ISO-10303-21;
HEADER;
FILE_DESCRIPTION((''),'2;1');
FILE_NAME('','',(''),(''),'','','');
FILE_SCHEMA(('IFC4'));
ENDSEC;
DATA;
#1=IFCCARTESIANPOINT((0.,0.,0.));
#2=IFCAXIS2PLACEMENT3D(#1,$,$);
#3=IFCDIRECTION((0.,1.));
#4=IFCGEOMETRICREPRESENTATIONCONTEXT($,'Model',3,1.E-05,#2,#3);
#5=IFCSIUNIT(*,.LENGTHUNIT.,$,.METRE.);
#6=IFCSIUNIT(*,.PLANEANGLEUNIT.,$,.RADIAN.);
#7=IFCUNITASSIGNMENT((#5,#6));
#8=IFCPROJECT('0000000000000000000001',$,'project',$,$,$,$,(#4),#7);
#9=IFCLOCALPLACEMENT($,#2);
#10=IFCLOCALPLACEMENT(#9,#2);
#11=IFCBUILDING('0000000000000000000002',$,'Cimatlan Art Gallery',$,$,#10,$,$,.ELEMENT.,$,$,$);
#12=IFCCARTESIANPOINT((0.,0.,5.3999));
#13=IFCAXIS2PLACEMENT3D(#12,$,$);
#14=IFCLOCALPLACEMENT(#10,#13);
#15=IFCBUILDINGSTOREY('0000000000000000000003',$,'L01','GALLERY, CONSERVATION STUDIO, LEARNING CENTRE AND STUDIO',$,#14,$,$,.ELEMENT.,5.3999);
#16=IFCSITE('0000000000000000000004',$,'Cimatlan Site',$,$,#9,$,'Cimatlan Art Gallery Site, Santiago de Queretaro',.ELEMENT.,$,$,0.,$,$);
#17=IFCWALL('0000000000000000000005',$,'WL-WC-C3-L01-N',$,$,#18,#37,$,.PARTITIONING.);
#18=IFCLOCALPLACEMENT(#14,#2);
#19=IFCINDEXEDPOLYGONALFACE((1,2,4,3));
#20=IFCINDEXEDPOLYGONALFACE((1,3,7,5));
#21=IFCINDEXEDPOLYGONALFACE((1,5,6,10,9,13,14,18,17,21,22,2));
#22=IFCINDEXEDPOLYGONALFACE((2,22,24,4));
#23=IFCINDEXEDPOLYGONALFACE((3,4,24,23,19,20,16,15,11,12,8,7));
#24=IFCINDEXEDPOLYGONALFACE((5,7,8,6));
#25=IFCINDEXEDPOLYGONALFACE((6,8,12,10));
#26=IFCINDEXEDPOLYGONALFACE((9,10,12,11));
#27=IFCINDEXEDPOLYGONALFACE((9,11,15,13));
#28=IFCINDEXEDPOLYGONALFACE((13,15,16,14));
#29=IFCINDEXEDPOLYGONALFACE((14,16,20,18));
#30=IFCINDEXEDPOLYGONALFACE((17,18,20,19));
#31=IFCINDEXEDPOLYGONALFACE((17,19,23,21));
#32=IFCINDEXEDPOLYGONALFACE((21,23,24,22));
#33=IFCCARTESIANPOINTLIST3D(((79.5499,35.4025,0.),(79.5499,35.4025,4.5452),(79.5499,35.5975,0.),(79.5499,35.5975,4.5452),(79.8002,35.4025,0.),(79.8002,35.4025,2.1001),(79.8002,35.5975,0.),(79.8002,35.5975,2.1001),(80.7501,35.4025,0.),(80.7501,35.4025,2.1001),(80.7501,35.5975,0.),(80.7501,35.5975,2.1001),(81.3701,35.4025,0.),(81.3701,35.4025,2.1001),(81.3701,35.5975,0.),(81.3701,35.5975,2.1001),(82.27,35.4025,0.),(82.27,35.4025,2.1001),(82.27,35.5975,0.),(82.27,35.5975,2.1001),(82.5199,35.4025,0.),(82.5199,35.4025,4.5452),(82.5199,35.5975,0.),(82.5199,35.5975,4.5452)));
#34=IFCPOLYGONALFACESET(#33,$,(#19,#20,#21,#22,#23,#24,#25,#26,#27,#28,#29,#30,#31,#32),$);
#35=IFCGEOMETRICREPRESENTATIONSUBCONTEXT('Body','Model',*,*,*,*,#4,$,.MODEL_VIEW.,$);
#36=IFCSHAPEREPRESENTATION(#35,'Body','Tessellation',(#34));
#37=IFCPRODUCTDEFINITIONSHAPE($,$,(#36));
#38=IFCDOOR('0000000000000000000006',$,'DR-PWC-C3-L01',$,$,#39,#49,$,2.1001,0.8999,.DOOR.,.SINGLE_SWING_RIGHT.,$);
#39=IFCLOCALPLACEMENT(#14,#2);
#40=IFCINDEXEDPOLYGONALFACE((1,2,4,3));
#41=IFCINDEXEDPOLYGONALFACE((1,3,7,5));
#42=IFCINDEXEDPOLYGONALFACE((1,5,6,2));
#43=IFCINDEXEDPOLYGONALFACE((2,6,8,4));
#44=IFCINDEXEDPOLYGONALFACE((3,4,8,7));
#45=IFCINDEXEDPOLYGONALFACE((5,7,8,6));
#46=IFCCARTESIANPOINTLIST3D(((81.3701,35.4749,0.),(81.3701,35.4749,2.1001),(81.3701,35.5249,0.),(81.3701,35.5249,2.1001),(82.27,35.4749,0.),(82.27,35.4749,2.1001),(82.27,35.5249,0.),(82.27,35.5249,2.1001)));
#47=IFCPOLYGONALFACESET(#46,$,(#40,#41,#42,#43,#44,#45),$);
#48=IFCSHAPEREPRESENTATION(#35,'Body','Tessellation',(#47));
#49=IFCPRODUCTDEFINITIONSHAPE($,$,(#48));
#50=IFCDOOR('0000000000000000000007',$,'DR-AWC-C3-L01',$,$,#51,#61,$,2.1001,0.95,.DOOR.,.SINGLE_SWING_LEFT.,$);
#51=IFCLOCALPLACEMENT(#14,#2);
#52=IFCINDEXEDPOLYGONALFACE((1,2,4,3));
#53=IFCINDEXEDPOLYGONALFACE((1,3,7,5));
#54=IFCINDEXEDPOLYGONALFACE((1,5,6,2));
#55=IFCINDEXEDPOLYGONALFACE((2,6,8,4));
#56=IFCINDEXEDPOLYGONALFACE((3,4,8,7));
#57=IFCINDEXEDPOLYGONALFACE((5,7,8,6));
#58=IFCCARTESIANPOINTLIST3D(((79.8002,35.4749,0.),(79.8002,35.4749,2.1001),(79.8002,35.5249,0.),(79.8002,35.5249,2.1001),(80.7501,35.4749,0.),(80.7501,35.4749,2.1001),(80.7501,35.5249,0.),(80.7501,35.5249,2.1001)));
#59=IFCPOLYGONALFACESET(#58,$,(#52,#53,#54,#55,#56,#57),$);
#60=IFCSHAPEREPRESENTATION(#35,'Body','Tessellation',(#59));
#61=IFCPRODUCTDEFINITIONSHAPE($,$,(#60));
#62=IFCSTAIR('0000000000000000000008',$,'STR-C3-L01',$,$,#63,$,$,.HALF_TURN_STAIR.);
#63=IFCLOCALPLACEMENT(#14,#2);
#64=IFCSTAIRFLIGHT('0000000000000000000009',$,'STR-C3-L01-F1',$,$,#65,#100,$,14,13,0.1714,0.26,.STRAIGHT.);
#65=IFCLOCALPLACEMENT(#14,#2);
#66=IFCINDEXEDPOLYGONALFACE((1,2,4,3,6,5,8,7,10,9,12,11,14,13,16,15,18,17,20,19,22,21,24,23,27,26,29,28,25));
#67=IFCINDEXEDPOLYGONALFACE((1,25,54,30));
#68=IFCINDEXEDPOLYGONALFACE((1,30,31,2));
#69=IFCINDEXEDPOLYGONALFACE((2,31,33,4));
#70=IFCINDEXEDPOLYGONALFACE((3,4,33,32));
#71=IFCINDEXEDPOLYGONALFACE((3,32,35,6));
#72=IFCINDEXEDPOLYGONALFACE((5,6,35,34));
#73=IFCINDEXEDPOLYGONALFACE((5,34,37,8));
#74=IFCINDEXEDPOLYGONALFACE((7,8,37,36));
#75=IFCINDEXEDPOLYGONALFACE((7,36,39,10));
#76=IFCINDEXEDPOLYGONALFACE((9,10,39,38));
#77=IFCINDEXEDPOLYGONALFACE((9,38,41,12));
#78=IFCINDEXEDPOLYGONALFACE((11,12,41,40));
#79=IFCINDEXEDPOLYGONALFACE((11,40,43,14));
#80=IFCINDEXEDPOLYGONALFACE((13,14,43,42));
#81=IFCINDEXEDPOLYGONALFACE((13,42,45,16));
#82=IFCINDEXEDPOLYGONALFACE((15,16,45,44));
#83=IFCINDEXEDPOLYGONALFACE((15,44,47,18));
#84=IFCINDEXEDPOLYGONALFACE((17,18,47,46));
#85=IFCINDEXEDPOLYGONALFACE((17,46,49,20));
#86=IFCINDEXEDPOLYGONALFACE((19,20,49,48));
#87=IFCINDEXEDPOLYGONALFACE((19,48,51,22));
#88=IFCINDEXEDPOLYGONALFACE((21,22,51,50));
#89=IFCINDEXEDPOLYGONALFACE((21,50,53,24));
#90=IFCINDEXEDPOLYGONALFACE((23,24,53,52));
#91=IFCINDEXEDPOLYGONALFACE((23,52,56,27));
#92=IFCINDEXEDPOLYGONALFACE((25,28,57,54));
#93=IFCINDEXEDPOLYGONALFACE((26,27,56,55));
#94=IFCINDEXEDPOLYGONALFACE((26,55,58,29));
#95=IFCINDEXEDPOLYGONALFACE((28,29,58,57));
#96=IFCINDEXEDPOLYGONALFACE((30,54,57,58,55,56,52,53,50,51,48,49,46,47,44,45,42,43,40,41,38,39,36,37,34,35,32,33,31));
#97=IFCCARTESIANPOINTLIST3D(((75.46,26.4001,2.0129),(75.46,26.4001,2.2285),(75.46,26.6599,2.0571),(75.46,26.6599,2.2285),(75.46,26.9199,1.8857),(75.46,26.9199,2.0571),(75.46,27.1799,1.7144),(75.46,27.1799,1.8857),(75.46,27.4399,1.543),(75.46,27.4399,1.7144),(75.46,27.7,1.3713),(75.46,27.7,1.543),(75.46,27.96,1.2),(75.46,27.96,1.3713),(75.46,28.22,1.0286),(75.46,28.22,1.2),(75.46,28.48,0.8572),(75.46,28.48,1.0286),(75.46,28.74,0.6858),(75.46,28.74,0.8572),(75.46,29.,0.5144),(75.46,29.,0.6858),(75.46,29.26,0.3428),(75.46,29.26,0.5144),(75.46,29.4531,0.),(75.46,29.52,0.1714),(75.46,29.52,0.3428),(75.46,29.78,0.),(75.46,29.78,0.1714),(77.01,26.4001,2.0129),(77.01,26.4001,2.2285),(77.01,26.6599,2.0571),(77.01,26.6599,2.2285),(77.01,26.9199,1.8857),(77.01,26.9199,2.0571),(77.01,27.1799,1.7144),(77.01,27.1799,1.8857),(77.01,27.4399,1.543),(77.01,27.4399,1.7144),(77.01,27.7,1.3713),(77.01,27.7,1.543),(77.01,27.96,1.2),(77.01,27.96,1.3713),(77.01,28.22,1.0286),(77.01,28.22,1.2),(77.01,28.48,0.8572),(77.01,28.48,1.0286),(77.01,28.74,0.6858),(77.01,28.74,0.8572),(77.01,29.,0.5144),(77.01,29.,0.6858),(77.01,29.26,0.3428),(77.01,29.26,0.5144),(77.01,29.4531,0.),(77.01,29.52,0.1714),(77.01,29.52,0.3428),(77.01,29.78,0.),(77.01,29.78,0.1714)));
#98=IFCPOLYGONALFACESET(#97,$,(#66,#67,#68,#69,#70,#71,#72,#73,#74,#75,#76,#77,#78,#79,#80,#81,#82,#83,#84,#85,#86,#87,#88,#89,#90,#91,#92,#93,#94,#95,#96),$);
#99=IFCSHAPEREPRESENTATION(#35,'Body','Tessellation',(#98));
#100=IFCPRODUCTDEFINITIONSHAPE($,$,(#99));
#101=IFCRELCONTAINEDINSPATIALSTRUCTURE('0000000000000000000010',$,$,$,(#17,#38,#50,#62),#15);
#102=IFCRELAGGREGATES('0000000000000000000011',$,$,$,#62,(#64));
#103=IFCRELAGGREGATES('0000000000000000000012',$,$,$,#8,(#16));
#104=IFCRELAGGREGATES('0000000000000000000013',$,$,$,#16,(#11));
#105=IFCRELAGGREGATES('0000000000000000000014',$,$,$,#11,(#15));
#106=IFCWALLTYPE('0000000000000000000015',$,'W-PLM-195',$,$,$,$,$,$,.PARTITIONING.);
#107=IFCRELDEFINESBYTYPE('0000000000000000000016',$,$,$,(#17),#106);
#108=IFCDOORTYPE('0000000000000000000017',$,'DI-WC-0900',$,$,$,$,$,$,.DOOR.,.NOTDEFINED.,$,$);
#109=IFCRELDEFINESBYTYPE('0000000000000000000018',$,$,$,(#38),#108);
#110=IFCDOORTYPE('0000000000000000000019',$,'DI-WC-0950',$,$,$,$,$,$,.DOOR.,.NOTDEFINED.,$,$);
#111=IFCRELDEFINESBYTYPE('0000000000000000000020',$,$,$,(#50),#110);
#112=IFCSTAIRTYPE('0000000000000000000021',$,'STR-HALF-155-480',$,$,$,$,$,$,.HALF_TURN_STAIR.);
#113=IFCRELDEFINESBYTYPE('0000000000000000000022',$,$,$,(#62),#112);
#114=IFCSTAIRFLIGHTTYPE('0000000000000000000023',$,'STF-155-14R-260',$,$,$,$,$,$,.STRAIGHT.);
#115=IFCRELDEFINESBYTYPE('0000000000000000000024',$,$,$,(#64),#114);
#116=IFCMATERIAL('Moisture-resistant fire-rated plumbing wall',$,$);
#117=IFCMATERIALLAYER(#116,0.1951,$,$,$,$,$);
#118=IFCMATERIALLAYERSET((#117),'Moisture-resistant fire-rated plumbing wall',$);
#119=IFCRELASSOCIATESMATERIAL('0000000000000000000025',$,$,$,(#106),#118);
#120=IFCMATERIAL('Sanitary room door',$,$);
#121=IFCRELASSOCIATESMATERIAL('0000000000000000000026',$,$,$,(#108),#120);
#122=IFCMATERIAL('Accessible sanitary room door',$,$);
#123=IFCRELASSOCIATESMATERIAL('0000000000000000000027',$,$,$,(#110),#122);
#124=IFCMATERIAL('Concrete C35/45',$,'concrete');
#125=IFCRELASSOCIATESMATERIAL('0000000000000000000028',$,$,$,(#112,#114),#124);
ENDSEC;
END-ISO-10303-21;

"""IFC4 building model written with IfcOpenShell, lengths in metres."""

from ifc_helpers import new_model, si_unit, direction, frame, frame_2d, origin, place, context, subcontext, project, spatial, polyline, rectangle, outline, extrude, material, layer, layer_set, type_object, element, fill, aggregate, save


model = new_model("IFC4")

# Units and contexts
model_context = context("Model", 3, precision=1e-05, world=origin(), true_north=direction((0.0, 1.0)))
body_context = subcontext(model_context, "Body", "Model", "MODEL_VIEW")
ifc_project = project(units=[si_unit("LENGTHUNIT", "METRE"), si_unit("PLANEANGLEUNIT", "RADIAN")], contexts=[model_context])

# Site, building, storey
site_placement = place(None, origin())
site = spatial("IfcSite", under=ifc_project, at=site_placement, Name="Cimatlan Site", LongName="Cimatlan Art Gallery Site, Santiago de Queretaro", CompositionType="ELEMENT", RefElevation=0.0)
building_placement = place(site_placement, origin())
building = spatial("IfcBuilding", under=site, at=building_placement, Name="Cimatlan Art Gallery", CompositionType="ELEMENT")
storey_placement = place(building_placement, frame((0.0, 0.0, 5.3999)))
storey = spatial("IfcBuildingStorey", under=building, at=storey_placement, Name="L01", Description="GALLERY, CONSERVATION STUDIO, LEARNING CENTRE AND STUDIO", CompositionType="ELEMENT", Elevation=5.3999)

# Shared definitions
ifc_material_1 = material(Name="Moisture-resistant fire-rated plumbing wall")
ifc_layer_1 = layer(ifc_material_1, 0.1951)
ifc_layer_set_1 = layer_set([ifc_layer_1], Name="Moisture-resistant fire-rated plumbing wall")
wall_type_1 = type_object("IfcWallType", Name="W-PLM-195", PredefinedType="PARTITIONING", material=ifc_layer_set_1)

# Wall, openings, doors
wall_1_placement = place(storey_placement, frame((79.55, 35.5, 0.0), z_axis=(0.0, 0.0, 1.0), x_axis=(1.0, 0.0, 0.0)))
wall_1 = element("IfcWall", 1, at=wall_1_placement, inside=storey, type_object=wall_type_1, Name="WL-WC-C3-L01-N", PredefinedType="PARTITIONING", context=body_context, shape_type="SweptSolid", body=[
    extrude(rectangle(XDim=2.97, YDim=0.1951, at=frame_2d((1.4849, 0.0))), origin(), (0.0, 0.0, 1.0), 4.5452),
])
opening_1_placement = place(wall_1_placement, frame((0.25, 0.0, 0.0)))
opening_1 = element("IfcOpeningElement", 2, at=opening_1_placement, cuts=wall_1, PredefinedType="OPENING", context=body_context, shape_type="SweptSolid", body=[
    extrude(rectangle(XDim=0.95, YDim=2.1001, at=frame_2d((0.4751, 1.05))), frame((0.0, 0.1074, 0.0), z_axis=(0.0, -1.0, 0.0), x_axis=(1.0, 0.0, 0.0)), (0.0, 0.0, 1.0), 0.2151),
])
opening_2_placement = place(wall_1_placement, frame((1.8201, 0.0, 0.0)))
opening_2 = element("IfcOpeningElement", 3, at=opening_2_placement, cuts=wall_1, PredefinedType="OPENING", context=body_context, shape_type="SweptSolid", body=[
    extrude(rectangle(XDim=0.8999, YDim=2.1001, at=frame_2d((0.45, 1.05))), frame((0.0, 0.1074, 0.0), z_axis=(0.0, -1.0, 0.0), x_axis=(1.0, 0.0, 0.0)), (0.0, 0.0, 1.0), 0.2151),
])
ifc_material_2 = material(Name="Sanitary room door")
door_type_1 = type_object("IfcDoorType", Name="DI-WC-0900", OperationType="NOTDEFINED", PredefinedType="DOOR", material=ifc_material_2)
door_1_placement = place(opening_2_placement, origin())
door_1 = element("IfcDoor", 4, at=door_1_placement, inside=storey, type_object=door_type_1, Name="DR-PWC-C3-L01", OperationType="SINGLE_SWING_RIGHT", OverallHeight=2.1001, OverallWidth=0.8999, PredefinedType="DOOR", context=body_context, shape_type="SweptSolid", body=[
    extrude(rectangle(XDim=0.8999, YDim=2.1001, at=frame_2d((0.45, 1.05))), frame((0.0, 0.0249, 0.0), z_axis=(0.0, -1.0, 0.0), x_axis=(1.0, 0.0, 0.0)), (0.0, 0.0, 1.0), 0.05),
])
fill(opening_2, door_1)
ifc_material_3 = material(Name="Accessible sanitary room door")
door_type_2 = type_object("IfcDoorType", Name="DI-WC-0950", OperationType="NOTDEFINED", PredefinedType="DOOR", material=ifc_material_3)
door_2_placement = place(opening_1_placement, origin())
door_2 = element("IfcDoor", 5, at=door_2_placement, inside=storey, type_object=door_type_2, Name="DR-AWC-C3-L01", OperationType="SINGLE_SWING_LEFT", OverallHeight=2.1001, OverallWidth=0.95, PredefinedType="DOOR", context=body_context, shape_type="SweptSolid", body=[
    extrude(rectangle(XDim=0.95, YDim=2.1001, at=frame_2d((0.4751, 1.05))), frame((0.0, 0.0249, 0.0), z_axis=(0.0, -1.0, 0.0), x_axis=(1.0, 0.0, 0.0)), (0.0, 0.0, 1.0), 0.05),
])
fill(opening_1, door_2)

# Stair, stair flight
ifc_material_4 = material(Name="Concrete C35/45", Category="concrete")
stair_type = type_object("IfcStairType", Name="STR-HALF-155-480", PredefinedType="HALF_TURN_STAIR", material=ifc_material_4)
stair_placement = place(storey_placement, origin())
stair = element("IfcStair", 6, at=stair_placement, inside=storey, type_object=stair_type, Name="STR-C3-L01", PredefinedType="HALF_TURN_STAIR")
stair_flight_type = type_object("IfcStairFlightType", Name="STF-155-14R-260", PredefinedType="STRAIGHT", material=ifc_material_4)
stair_flight_placement = place(storey_placement, frame((76.2351, 29.78, 0.0), z_axis=(0.0, 0.0, 1.0), x_axis=(0.0, -1.0, 0.0)))
stair_flight = element("IfcStairFlight", 7, at=stair_flight_placement, type_object=stair_flight_type, Name="STR-C3-L01-F1", NumberOfRisers=14, NumberOfTreads=13, PredefinedType="STRAIGHT", RiserHeight=0.1714, TreadLength=0.26, context=body_context, shape_type="SweptSolid", body=[
    extrude(outline(polyline([(0.0, 0.0), (0.0, 0.1714), (0.26, 0.1714), (0.26, 0.3428), (0.52, 0.3428), (0.52, 0.5144), (0.78, 0.5144), (0.78, 0.6858), (1.04, 0.6858), (1.04, 0.8572), (1.3, 0.8572), (1.3, 1.0286), (1.5601, 1.0286), (1.5601, 1.2), (1.8201, 1.2), (1.8201, 1.3713), (2.0801, 1.3713), (2.0801, 1.543), (2.3401, 1.543), (2.3401, 1.7144), (2.6001, 1.7144), (2.6001, 1.8857), (2.8601, 1.8857), (2.8601, 2.0571), (3.1201, 2.0571), (3.1201, 2.2285), (3.3799, 2.2285), (3.3799, 2.3999), (3.3799, 2.0129), (0.3269, 0.0), (0.0, 0.0)])), frame((0.0, 0.7749, 0.0), z_axis=(0.0, -1.0, 0.0), x_axis=(1.0, 0.0, 0.0)), (0.0, 0.0, 1.0), 1.55),
])
aggregate(stair, [stair_flight])

save(model, "model.ifc")
